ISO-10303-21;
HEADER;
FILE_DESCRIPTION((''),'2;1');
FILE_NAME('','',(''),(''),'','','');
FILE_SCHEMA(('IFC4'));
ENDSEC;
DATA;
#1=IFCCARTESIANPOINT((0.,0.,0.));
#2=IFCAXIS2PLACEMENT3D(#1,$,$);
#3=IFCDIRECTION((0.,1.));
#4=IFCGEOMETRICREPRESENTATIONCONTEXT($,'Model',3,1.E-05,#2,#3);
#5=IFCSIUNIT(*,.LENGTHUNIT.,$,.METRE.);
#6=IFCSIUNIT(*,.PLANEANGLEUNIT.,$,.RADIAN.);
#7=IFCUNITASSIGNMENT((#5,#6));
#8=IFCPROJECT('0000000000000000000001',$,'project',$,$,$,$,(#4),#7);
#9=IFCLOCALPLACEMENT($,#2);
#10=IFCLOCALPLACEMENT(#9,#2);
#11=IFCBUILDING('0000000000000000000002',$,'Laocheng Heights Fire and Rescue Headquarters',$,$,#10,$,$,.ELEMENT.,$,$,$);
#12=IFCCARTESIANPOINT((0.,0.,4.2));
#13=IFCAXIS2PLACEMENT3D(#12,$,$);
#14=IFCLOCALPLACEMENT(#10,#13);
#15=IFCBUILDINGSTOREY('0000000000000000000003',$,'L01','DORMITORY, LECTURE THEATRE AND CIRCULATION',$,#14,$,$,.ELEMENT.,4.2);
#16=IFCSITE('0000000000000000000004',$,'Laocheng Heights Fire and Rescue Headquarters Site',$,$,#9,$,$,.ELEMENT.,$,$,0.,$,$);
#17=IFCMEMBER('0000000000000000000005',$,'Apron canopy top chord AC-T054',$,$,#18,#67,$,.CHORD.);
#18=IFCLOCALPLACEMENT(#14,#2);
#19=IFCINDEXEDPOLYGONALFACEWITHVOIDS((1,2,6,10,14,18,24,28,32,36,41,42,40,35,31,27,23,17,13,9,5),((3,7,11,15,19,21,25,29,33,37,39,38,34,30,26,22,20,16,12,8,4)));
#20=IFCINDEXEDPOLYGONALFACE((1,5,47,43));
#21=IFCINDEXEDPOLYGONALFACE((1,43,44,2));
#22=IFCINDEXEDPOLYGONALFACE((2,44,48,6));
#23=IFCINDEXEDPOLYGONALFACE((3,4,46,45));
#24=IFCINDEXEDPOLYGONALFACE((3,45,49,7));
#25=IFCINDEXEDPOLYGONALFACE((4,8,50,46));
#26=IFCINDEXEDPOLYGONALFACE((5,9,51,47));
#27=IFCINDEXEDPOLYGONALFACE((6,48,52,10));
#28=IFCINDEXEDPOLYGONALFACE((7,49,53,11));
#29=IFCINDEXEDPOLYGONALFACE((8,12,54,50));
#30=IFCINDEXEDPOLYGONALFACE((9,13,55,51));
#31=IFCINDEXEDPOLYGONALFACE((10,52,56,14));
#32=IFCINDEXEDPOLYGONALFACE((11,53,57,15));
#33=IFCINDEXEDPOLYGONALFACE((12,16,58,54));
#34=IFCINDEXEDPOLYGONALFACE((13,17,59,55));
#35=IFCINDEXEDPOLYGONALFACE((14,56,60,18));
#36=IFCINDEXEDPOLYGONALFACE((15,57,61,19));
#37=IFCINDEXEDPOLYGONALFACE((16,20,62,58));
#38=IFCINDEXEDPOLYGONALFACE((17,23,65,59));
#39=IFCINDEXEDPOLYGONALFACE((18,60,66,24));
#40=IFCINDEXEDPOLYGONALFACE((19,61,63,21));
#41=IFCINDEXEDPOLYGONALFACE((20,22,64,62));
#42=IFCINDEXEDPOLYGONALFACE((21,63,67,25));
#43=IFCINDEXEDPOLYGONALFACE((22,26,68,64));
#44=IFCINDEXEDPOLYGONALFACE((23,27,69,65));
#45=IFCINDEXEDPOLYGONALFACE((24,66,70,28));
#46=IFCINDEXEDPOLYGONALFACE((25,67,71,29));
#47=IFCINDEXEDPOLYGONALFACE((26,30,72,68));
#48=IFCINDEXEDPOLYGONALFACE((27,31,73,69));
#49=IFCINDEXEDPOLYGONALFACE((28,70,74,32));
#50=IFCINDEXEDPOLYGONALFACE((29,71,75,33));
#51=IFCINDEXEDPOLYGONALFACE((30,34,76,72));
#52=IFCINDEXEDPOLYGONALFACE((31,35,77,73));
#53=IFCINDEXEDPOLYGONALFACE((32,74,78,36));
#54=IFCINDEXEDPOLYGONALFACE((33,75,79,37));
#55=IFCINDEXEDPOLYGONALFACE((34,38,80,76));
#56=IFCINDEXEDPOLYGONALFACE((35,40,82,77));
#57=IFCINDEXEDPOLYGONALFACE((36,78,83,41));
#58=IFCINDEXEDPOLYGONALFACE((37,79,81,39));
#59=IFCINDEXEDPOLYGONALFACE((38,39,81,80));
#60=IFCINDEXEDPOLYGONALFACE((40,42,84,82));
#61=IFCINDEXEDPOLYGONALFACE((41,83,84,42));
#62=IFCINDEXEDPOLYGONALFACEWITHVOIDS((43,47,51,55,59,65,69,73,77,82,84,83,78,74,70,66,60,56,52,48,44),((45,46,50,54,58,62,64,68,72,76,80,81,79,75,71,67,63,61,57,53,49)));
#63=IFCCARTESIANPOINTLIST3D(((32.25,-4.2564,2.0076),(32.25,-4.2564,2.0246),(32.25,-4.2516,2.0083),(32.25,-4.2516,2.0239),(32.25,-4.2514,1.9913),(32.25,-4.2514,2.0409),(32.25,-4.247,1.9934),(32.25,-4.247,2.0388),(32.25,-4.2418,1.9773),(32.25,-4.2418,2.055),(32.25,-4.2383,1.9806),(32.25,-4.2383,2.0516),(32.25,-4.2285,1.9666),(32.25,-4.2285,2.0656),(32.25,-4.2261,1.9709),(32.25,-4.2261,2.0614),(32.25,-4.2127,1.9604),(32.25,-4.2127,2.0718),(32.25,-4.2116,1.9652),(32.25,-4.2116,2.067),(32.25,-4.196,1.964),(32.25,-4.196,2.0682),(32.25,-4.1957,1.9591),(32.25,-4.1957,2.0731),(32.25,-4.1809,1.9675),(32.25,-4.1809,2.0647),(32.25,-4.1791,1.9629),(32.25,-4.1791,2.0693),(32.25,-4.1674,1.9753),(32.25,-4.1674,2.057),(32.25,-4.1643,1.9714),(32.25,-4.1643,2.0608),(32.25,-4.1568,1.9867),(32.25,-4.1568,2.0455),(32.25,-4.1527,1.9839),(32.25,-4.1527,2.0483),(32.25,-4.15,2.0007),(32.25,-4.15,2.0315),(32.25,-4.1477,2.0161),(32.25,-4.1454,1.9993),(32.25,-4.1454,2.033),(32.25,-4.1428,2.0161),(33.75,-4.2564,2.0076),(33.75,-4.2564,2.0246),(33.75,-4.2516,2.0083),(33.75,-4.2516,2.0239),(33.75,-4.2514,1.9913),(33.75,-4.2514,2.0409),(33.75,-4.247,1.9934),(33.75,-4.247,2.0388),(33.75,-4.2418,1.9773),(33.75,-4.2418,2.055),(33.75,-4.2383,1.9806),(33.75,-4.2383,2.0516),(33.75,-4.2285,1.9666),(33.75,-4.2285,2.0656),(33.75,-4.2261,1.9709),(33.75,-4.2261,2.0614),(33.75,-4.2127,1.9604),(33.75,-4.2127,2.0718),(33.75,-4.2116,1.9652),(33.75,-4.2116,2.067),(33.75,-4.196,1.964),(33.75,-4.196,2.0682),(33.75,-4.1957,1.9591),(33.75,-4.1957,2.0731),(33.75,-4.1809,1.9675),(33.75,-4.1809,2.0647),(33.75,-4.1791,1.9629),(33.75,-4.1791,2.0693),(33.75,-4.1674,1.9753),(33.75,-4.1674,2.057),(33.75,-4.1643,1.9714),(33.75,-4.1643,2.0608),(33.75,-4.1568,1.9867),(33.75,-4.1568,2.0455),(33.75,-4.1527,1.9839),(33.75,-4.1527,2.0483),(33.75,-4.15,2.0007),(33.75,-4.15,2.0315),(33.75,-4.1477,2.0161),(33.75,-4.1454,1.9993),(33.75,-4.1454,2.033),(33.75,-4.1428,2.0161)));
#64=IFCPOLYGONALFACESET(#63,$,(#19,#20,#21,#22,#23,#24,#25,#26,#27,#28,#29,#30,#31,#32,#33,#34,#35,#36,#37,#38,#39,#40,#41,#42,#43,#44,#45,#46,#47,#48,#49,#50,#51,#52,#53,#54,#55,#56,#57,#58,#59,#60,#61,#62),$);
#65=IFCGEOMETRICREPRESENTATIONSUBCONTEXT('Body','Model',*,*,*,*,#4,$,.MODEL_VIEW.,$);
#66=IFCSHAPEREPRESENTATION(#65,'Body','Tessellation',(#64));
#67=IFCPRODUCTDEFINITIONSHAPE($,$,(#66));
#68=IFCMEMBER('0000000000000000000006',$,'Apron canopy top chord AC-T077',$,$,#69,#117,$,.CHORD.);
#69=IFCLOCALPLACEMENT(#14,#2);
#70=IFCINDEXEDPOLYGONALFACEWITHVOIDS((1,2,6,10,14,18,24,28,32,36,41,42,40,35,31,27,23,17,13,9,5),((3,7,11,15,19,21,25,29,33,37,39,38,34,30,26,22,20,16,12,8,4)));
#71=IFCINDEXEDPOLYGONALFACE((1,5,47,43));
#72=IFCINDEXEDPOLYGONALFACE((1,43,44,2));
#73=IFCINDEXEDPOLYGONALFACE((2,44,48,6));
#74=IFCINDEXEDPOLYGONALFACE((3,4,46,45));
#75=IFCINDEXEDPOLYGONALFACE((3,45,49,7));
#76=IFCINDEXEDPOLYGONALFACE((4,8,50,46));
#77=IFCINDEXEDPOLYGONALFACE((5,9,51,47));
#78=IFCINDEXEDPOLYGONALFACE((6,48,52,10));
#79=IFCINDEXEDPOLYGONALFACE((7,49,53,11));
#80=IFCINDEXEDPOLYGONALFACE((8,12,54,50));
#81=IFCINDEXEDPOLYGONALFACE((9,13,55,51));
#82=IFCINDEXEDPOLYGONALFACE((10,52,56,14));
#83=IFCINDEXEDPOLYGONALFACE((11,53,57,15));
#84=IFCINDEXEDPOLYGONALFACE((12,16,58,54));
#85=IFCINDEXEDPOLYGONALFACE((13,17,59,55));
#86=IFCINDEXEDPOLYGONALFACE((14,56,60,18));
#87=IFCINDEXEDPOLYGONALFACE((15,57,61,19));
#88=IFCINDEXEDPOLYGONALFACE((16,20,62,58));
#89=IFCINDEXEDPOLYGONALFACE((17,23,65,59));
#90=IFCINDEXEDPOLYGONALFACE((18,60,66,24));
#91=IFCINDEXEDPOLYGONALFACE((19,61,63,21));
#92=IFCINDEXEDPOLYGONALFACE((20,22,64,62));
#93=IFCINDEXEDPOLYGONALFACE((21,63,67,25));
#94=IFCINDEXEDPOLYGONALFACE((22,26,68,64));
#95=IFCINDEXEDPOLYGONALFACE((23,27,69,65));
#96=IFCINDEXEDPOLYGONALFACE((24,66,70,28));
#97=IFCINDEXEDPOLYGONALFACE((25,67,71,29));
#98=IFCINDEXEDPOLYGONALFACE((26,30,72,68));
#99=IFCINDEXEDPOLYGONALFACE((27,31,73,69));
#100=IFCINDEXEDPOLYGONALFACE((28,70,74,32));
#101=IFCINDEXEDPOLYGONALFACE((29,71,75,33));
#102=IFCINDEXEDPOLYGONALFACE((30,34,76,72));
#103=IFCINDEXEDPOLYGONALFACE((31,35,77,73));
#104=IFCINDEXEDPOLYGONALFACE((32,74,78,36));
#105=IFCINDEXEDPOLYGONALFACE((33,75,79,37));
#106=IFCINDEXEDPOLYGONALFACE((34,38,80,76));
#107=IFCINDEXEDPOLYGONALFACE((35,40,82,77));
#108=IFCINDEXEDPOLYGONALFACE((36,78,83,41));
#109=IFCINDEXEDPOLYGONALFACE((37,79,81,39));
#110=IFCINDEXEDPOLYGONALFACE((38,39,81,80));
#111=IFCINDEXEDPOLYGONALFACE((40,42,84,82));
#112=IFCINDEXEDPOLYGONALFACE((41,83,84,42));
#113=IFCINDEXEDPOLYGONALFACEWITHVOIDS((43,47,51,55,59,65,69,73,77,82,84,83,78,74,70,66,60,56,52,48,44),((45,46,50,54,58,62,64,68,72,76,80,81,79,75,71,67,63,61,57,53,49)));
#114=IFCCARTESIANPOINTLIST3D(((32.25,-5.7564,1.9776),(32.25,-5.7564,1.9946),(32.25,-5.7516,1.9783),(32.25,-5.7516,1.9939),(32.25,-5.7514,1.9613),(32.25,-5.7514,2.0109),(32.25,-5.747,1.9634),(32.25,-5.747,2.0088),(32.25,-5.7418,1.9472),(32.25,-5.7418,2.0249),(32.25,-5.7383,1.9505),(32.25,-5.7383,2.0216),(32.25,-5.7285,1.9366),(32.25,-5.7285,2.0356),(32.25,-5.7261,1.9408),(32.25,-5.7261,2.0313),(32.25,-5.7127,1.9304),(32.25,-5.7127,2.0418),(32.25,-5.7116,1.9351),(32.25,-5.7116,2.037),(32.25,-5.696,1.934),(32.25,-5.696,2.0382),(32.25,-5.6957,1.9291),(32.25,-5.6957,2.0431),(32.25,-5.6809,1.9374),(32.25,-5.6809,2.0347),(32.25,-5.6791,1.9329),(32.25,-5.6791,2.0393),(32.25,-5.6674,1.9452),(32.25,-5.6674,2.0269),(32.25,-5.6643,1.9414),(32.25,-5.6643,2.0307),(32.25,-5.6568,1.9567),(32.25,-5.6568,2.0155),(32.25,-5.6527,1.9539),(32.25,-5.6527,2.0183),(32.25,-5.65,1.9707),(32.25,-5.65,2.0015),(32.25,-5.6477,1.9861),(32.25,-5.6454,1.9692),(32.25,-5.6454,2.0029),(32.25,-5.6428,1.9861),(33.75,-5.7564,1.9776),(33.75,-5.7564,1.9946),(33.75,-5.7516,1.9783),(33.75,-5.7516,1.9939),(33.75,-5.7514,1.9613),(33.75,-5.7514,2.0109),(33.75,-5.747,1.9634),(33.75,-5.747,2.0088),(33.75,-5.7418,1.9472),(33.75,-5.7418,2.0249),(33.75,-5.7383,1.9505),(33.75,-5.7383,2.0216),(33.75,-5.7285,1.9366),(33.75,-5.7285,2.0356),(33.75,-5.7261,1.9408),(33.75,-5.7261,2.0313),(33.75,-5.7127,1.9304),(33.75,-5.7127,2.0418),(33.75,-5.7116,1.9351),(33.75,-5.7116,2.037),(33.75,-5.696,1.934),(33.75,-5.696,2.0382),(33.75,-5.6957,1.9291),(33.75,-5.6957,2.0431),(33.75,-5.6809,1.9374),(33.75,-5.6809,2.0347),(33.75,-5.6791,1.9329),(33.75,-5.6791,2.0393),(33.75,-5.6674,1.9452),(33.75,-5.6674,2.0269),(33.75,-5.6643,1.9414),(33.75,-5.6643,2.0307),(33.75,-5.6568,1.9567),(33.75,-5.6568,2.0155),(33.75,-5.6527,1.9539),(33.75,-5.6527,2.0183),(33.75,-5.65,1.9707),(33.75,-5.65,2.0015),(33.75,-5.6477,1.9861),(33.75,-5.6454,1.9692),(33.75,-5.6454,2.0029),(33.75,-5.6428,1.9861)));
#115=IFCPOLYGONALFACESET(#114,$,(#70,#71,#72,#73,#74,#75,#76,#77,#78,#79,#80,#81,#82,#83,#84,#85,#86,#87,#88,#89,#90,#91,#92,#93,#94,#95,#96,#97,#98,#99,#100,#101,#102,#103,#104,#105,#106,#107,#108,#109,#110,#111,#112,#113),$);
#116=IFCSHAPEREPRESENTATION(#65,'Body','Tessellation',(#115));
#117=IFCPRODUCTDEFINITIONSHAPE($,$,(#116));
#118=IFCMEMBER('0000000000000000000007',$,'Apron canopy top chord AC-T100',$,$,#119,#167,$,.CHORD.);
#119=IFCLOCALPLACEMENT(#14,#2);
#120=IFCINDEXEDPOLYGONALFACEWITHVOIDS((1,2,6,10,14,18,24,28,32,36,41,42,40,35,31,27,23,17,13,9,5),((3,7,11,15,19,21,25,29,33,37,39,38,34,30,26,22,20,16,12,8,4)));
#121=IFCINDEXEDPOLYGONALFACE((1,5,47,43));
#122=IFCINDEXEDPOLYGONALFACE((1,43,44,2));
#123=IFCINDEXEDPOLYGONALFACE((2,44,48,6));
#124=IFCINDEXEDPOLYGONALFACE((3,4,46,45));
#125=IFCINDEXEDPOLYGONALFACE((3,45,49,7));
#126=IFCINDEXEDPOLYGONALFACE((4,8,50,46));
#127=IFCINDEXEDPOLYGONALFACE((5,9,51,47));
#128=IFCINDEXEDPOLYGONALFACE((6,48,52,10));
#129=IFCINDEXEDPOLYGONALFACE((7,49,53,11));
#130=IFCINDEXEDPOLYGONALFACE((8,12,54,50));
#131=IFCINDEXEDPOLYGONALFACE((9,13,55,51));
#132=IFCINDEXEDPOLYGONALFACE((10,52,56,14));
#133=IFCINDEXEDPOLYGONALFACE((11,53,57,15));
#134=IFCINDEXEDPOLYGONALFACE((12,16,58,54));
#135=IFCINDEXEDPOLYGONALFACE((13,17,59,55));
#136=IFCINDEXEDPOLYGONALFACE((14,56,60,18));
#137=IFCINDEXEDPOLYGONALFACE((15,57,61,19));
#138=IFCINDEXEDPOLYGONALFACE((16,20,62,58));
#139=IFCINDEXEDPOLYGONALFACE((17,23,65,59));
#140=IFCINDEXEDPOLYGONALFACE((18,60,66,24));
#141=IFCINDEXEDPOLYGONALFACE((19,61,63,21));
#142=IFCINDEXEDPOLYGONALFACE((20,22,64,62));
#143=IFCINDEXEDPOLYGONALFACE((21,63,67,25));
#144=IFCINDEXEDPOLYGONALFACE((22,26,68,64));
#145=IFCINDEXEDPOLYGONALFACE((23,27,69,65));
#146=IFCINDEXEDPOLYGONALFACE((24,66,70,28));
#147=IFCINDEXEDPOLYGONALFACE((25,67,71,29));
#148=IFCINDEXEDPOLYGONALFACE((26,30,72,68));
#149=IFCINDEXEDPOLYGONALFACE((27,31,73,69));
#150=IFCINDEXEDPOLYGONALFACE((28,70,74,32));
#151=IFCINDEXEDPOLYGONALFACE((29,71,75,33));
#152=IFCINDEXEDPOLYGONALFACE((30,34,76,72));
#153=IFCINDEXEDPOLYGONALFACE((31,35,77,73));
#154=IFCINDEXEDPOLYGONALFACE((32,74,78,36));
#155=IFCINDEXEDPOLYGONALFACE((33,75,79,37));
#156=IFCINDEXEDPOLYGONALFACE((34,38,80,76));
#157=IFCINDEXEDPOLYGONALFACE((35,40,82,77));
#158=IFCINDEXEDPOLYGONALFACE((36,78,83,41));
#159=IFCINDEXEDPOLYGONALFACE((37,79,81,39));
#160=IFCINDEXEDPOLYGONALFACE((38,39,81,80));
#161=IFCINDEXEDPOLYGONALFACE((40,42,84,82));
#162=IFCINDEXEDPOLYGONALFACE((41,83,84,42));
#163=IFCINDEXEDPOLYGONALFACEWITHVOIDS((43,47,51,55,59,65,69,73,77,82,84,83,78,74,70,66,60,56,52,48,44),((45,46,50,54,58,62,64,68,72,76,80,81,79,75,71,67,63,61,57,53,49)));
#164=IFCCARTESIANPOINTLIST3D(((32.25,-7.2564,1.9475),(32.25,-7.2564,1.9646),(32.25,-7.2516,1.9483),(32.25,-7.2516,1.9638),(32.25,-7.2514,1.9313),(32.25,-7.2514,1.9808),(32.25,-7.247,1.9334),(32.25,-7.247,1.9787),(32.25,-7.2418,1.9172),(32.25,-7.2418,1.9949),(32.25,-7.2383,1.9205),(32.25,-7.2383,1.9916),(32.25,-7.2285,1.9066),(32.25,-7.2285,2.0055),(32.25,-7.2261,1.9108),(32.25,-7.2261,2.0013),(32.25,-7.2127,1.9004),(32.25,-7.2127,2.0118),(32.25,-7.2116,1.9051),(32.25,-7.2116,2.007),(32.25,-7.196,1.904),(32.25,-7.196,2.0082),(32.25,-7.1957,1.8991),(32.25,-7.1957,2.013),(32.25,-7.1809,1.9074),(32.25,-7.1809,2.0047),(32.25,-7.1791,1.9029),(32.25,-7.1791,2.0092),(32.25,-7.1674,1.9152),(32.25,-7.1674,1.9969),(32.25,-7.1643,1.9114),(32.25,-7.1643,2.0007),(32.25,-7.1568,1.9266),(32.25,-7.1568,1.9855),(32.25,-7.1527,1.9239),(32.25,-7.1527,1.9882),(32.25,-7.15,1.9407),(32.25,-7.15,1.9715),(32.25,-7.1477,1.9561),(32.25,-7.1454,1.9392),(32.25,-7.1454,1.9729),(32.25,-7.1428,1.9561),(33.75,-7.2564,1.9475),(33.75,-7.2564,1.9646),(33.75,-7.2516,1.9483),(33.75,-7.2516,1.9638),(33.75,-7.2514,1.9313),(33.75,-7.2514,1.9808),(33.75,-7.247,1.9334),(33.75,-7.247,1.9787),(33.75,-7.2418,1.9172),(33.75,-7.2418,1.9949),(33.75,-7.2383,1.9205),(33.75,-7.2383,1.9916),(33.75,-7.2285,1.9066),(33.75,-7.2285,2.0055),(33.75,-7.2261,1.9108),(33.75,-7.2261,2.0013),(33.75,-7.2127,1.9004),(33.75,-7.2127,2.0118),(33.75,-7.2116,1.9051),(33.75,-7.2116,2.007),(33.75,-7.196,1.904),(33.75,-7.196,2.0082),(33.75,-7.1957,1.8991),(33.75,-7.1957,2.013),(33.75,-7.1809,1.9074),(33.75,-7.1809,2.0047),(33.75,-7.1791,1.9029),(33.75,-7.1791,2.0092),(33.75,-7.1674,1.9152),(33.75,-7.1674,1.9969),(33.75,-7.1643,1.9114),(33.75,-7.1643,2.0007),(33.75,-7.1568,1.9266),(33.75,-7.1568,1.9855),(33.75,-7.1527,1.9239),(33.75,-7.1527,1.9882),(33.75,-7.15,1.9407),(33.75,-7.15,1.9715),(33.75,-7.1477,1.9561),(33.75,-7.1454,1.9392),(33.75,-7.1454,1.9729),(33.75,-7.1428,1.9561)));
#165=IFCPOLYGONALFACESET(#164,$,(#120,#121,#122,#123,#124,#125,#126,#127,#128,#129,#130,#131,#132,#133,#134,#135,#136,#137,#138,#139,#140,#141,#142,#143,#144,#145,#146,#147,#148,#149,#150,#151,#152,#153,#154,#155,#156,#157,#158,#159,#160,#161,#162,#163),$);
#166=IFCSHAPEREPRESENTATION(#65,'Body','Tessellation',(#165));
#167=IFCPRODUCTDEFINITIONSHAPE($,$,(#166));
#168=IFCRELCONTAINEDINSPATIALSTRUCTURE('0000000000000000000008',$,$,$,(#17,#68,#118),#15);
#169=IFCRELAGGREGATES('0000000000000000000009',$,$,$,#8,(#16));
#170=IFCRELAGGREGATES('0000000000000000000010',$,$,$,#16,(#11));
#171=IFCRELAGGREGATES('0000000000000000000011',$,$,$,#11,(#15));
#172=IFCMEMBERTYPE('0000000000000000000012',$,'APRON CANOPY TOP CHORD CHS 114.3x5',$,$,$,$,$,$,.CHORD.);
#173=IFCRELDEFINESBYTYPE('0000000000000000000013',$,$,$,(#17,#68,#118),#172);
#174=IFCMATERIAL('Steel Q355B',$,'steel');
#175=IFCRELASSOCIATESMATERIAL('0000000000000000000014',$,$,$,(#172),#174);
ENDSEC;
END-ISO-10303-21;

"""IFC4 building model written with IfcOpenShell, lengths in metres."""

from ifc_helpers import new_model, si_unit, direction, frame, origin, origin_2d, place, context, subcontext, project, spatial, hollow_circle, extrude, material, material_profile, profile_set, type_object, element, save


model = new_model("IFC4")

# Units and contexts
model_context = context("Model", 3, precision=1e-05, world=origin(), true_north=direction((0.0, 1.0)))
body_context = subcontext(model_context, "Body", "Model", "MODEL_VIEW")
ifc_project = project(units=[si_unit("LENGTHUNIT", "METRE"), si_unit("PLANEANGLEUNIT", "RADIAN")], contexts=[model_context])

# Site, building, storey
site_placement = place(None, origin())
site = spatial("IfcSite", under=ifc_project, at=site_placement, Name="Laocheng Heights Fire and Rescue Headquarters Site", CompositionType="ELEMENT", RefElevation=0.0)
building_placement = place(site_placement, origin())
building = spatial("IfcBuilding", under=site, at=building_placement, Name="Laocheng Heights Fire and Rescue Headquarters", CompositionType="ELEMENT")
storey_placement = place(building_placement, frame((0.0, 0.0, 4.2)))
storey = spatial("IfcBuildingStorey", under=building, at=storey_placement, Name="L01", Description="DORMITORY, LECTURE THEATRE AND CIRCULATION", CompositionType="ELEMENT", Elevation=4.2)

# Members
ifc_material_1 = material(Name="Steel Q355B", Category="steel")
ifc_material_profile_1 = material_profile(ifc_material_1, hollow_circle(Radius=0.0571, WallThickness=0.0049, at=origin_2d()), Name="CHS 114.3x5")
ifc_profile_set_1 = profile_set([ifc_material_profile_1], Name="Steel Q355B")
member_type_1 = type_object("IfcMemberType", Name="APRON CANOPY TOP CHORD CHS 114.3x5", PredefinedType="CHORD", material=ifc_profile_set_1)
for number, where, z_axis, x_axis, name in (
    (1, (32.25, -4.2, 2.0161), (1.0, 0.0, 0.0), (0.0, 1.0, 0.0), "Apron canopy top chord AC-T054"),
    (2, (32.25, -5.7, 1.9861), (1.0, 0.0, 0.0), (0.0, 1.0, 0.0), "Apron canopy top chord AC-T077"),
    (3, (32.25, -7.2, 1.9561), (1.0, 0.0, 0.0), (0.0, 1.0, 0.0), "Apron canopy top chord AC-T100"),
):
    element("IfcMember", number, at=place(storey_placement, frame(where, z_axis=z_axis, x_axis=x_axis)), inside=storey, type_object=member_type_1, Name=name, PredefinedType="CHORD", context=body_context, shape_type="SweptSolid", body=[
        extrude(hollow_circle(Radius=0.0571, WallThickness=0.0049, at=origin_2d()), origin(), (0.0, 0.0, 1.0), 1.5),
    ])

save(model, "model.ifc")
